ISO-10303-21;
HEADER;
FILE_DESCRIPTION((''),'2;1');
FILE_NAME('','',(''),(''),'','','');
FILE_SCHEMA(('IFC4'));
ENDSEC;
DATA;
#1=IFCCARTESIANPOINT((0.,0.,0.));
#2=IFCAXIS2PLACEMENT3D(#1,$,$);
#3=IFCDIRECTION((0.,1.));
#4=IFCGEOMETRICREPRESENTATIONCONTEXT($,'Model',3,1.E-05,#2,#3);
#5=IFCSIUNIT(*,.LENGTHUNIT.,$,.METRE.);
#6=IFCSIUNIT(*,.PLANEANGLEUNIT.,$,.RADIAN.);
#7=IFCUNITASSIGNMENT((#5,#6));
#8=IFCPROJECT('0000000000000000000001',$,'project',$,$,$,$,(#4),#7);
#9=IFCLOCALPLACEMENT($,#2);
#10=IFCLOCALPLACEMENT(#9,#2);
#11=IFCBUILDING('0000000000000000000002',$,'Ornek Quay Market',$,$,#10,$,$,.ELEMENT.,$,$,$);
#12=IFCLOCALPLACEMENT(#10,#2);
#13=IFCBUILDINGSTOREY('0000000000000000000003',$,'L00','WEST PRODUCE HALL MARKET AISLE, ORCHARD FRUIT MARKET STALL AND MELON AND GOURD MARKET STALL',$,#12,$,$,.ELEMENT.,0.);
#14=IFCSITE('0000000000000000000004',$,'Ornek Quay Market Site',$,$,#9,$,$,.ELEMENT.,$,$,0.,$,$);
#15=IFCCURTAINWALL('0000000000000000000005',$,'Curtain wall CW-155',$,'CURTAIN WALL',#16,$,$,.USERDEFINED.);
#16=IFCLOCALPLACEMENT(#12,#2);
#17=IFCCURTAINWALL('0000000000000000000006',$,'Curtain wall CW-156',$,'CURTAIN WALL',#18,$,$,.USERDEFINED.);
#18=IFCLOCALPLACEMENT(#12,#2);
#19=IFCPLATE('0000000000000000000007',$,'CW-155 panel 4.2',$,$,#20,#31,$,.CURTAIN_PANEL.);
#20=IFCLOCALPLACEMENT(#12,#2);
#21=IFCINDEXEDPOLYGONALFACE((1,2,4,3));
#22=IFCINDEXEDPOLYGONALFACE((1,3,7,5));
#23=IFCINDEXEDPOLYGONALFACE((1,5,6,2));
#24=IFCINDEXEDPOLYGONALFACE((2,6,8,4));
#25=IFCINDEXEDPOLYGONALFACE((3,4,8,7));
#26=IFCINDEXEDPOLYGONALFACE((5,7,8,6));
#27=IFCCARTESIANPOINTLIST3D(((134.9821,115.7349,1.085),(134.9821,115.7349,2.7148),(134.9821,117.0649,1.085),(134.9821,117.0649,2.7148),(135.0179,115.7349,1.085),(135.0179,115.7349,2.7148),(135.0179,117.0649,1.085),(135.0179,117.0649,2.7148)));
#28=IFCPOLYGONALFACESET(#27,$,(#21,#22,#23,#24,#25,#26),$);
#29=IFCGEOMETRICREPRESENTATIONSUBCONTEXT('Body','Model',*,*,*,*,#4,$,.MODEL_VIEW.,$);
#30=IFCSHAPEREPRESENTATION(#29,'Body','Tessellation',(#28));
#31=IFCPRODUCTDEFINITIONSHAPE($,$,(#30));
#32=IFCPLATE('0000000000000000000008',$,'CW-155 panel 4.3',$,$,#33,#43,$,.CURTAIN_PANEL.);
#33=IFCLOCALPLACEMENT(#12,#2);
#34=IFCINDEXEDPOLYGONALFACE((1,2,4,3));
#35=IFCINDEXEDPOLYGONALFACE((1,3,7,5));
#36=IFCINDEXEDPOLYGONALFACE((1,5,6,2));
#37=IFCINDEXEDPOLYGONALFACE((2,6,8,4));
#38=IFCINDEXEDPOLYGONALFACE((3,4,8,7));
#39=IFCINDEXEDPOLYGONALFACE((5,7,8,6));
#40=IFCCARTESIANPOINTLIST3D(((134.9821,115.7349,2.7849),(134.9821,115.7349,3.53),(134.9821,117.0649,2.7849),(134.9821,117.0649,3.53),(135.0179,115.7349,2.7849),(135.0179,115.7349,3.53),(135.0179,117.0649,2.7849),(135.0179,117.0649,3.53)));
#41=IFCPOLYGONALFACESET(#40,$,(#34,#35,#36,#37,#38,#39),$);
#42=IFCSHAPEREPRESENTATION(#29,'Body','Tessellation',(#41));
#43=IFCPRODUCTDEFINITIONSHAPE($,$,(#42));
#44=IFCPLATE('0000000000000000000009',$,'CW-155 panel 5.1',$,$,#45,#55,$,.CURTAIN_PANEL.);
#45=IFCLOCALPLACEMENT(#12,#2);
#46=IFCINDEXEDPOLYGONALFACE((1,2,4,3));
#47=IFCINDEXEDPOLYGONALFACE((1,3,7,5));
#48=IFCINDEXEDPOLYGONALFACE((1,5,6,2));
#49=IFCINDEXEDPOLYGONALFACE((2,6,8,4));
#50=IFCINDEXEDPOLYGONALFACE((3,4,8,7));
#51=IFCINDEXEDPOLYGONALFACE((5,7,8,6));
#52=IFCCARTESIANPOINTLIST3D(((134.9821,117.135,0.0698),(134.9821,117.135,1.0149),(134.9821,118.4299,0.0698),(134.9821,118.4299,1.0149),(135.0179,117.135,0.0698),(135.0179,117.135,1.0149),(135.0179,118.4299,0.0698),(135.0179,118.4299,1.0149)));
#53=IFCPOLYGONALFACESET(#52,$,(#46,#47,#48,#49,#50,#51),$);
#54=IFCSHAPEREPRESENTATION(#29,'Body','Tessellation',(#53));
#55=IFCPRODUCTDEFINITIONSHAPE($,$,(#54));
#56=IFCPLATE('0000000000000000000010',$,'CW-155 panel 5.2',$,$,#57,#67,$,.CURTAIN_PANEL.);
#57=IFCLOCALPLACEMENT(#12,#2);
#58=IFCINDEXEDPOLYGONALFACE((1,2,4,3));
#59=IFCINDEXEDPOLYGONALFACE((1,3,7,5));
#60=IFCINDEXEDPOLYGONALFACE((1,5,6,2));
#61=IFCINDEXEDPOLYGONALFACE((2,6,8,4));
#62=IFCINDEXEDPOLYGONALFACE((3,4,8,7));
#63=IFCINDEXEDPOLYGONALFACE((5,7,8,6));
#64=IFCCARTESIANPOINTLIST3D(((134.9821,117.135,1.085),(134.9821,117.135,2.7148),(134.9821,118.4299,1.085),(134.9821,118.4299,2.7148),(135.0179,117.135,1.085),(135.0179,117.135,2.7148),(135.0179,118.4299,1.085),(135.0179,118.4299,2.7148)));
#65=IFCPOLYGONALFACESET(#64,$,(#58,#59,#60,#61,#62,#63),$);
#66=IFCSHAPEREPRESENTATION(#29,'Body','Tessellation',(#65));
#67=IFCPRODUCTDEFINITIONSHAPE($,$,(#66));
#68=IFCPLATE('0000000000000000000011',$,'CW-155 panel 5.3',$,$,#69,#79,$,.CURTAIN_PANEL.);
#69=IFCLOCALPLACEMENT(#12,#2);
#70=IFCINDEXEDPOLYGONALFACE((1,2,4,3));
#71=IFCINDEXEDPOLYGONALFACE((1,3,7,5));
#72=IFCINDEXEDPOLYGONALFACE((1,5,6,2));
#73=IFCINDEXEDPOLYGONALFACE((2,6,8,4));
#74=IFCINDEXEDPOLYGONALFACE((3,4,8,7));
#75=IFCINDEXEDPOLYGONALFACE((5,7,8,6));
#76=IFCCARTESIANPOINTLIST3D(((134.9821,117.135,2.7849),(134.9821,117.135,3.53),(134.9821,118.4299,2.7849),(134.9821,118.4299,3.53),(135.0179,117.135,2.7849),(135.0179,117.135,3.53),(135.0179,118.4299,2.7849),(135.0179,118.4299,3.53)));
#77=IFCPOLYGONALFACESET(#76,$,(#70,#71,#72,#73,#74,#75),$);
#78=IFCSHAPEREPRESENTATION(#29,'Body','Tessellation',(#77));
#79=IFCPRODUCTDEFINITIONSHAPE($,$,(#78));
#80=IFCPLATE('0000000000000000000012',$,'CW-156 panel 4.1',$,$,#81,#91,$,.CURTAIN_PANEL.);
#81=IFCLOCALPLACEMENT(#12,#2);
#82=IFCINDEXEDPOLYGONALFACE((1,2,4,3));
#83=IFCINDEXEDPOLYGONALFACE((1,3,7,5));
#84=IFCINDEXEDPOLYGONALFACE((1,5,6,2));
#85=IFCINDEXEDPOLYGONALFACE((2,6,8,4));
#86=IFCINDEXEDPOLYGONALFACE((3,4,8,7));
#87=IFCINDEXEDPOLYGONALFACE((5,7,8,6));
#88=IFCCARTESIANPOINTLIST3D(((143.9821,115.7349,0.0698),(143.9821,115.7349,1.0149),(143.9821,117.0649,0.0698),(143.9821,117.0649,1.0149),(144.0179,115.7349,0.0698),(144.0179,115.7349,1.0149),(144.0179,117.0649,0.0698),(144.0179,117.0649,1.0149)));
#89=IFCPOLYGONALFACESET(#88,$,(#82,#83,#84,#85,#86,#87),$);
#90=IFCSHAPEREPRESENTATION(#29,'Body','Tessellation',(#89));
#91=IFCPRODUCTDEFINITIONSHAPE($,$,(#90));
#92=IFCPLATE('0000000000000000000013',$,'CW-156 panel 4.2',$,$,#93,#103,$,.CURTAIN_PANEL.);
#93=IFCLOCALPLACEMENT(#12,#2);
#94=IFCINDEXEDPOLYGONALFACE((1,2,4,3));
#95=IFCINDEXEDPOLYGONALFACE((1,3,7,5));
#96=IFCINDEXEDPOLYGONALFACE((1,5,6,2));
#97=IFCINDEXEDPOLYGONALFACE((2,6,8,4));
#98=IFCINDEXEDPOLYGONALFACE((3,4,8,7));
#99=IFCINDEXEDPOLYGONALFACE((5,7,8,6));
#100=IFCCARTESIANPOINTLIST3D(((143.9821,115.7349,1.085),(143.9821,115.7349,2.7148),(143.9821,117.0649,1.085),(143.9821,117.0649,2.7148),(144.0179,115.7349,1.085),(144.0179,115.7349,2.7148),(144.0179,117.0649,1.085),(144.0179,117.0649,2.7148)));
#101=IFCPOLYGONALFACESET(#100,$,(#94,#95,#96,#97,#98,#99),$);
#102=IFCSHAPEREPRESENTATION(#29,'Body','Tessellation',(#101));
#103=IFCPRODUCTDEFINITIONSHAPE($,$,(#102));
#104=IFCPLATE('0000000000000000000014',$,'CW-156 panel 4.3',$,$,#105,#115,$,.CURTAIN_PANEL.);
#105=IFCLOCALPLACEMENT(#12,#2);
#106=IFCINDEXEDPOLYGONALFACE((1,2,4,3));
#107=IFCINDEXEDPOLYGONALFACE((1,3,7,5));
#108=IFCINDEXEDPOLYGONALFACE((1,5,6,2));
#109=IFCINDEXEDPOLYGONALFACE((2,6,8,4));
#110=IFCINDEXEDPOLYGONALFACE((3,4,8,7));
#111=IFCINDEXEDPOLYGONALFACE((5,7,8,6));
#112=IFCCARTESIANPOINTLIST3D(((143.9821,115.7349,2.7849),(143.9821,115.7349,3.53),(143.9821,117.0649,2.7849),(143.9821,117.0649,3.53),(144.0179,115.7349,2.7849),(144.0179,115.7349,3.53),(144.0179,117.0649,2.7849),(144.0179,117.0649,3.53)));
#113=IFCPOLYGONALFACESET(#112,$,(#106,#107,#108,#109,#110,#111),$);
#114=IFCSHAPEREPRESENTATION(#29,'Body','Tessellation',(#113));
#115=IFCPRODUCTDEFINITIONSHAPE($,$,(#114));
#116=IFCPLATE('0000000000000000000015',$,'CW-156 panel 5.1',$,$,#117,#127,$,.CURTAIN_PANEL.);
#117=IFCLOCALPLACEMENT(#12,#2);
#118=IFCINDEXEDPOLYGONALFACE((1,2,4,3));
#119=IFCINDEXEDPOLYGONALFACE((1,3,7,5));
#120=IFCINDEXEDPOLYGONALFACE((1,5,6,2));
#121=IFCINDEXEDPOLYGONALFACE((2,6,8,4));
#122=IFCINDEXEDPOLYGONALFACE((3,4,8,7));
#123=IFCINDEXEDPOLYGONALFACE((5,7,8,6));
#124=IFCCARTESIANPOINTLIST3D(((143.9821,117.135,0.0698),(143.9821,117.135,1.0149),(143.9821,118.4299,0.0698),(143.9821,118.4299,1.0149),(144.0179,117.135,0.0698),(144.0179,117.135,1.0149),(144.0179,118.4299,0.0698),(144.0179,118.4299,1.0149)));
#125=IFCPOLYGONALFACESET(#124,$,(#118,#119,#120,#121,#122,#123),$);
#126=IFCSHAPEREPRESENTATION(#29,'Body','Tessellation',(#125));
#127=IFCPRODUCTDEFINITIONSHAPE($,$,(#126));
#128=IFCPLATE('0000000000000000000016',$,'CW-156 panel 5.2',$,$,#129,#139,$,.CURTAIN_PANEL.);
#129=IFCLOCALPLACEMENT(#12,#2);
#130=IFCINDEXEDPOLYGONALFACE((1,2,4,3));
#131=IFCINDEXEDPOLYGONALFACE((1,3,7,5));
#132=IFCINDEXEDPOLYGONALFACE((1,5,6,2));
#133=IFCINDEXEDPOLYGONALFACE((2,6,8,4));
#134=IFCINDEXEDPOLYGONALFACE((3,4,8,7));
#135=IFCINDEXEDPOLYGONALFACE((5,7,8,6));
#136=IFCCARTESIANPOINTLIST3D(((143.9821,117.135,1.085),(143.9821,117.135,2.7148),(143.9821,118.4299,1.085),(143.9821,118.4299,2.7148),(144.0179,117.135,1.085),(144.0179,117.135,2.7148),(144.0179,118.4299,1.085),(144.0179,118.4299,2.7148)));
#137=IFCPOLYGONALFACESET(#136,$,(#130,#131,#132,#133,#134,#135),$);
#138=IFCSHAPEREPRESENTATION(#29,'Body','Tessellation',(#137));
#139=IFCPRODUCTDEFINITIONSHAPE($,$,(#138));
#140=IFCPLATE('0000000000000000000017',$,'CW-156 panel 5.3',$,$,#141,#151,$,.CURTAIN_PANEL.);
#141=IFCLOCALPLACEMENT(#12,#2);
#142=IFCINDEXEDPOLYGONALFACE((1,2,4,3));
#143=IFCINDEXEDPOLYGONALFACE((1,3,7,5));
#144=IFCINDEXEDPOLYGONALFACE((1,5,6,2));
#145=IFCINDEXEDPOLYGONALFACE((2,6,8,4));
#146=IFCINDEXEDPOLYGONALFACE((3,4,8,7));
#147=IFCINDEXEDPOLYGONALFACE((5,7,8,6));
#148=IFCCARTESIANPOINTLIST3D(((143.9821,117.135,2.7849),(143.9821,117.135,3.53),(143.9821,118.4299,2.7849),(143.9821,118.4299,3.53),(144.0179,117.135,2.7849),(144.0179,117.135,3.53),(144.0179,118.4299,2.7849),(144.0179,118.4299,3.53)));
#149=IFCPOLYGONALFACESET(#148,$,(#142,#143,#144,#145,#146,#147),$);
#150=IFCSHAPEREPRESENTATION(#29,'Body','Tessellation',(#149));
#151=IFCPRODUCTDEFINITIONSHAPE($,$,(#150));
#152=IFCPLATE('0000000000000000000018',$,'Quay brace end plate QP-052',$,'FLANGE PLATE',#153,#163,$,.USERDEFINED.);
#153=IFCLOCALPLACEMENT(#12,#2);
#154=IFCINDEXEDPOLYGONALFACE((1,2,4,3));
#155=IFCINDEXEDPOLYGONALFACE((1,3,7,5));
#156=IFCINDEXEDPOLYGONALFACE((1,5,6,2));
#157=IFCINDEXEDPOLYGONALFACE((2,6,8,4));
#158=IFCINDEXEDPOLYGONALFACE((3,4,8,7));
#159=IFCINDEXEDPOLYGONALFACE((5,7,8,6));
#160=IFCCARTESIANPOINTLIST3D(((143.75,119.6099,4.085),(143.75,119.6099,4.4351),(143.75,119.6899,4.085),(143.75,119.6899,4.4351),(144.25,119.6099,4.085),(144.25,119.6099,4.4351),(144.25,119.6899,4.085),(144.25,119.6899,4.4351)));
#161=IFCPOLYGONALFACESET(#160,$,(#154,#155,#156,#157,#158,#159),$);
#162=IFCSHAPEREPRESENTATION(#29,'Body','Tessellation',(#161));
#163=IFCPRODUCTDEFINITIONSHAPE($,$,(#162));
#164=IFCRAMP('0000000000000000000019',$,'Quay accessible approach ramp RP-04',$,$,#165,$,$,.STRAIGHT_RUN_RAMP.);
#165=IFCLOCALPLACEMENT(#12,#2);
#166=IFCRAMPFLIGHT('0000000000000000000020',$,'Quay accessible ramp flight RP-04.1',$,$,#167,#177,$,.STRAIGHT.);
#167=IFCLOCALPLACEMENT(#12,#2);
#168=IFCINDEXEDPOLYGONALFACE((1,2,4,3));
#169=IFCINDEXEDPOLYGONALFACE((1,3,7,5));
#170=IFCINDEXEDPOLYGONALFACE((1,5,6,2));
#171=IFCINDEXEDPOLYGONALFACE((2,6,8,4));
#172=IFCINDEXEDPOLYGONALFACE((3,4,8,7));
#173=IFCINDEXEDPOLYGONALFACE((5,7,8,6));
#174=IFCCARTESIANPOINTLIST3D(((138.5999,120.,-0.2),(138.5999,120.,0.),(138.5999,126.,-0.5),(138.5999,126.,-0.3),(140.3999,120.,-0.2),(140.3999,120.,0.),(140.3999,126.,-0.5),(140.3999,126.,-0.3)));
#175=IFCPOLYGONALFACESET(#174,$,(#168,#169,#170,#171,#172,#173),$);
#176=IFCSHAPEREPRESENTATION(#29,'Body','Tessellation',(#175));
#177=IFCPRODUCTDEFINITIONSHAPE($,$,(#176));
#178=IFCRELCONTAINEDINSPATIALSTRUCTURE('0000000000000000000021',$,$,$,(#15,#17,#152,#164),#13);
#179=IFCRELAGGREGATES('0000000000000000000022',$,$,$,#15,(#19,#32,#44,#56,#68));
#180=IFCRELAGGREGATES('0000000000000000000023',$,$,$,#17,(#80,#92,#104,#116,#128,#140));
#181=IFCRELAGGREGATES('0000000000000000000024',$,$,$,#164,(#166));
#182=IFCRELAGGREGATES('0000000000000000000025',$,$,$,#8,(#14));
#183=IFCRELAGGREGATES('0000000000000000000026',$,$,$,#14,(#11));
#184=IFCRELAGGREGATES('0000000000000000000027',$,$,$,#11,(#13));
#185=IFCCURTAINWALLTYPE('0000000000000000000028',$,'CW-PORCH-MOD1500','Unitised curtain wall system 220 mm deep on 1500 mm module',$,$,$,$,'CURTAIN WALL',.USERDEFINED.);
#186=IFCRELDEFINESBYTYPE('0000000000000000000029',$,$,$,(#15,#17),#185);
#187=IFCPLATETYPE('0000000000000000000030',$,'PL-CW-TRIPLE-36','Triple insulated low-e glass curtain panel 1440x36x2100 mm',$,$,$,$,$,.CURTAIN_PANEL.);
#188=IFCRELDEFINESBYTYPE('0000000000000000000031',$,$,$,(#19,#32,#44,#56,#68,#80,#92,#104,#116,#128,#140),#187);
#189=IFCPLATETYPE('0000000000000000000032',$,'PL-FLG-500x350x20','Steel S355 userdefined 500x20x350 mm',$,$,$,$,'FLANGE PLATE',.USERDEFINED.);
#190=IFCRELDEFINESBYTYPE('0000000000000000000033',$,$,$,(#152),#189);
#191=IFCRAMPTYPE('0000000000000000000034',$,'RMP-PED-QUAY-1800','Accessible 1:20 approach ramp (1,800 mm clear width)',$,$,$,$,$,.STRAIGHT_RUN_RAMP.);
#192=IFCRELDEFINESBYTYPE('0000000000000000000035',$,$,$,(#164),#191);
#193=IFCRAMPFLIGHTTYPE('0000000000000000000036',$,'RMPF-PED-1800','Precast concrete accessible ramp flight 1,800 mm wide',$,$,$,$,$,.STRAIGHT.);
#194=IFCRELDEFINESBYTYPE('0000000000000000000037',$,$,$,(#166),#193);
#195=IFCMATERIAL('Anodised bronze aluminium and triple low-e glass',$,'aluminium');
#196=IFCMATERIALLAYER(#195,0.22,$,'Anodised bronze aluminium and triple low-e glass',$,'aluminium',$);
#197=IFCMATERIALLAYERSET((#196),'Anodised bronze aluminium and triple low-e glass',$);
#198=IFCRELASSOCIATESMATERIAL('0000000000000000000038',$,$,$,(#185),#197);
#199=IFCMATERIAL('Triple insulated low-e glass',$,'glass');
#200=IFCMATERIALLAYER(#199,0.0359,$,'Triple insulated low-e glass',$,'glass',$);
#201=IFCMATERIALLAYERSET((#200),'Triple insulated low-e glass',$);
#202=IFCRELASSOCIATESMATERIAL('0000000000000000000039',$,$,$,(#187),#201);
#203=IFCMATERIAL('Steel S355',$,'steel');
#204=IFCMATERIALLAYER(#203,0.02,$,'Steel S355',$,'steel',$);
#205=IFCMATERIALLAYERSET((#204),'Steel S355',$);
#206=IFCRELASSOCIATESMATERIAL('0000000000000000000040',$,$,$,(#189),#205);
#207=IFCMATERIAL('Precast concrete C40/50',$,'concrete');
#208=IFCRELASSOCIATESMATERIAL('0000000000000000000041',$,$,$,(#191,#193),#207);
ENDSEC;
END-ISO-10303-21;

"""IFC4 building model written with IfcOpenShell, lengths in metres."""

from ifc_helpers import new_model, si_unit, direction, frame, origin, origin_2d, place, context, subcontext, project, spatial, polyline, rectangle, outline, extrude, material, layer, layer_set, type_object, element, aggregate, save


model = new_model("IFC4")

# Units and contexts
model_context = context("Model", 3, precision=1e-05, world=origin(), true_north=direction((0.0, 1.0)))
body_context = subcontext(model_context, "Body", "Model", "MODEL_VIEW")
ifc_project = project(units=[si_unit("LENGTHUNIT", "METRE"), si_unit("PLANEANGLEUNIT", "RADIAN")], contexts=[model_context])

# Site, building, storey
site_placement = place(None, origin())
site = spatial("IfcSite", under=ifc_project, at=site_placement, Name="Ornek Quay Market Site", CompositionType="ELEMENT", RefElevation=0.0)
building_placement = place(site_placement, origin())
building = spatial("IfcBuilding", under=site, at=building_placement, Name="Ornek Quay Market", CompositionType="ELEMENT")
storey_placement = place(building_placement, origin())
storey = spatial("IfcBuildingStorey", under=building, at=storey_placement, Name="L00", Description="WEST PRODUCE HALL MARKET AISLE, ORCHARD FRUIT MARKET STALL AND MELON AND GOURD MARKET STALL", CompositionType="ELEMENT", Elevation=0.0)

# Curtain walls
ifc_material_1 = material(Name="Anodised bronze aluminium and triple low-e glass", Category="aluminium")
ifc_layer_1 = layer(ifc_material_1, 0.22, Name="Anodised bronze aluminium and triple low-e glass", Category="aluminium")
ifc_layer_set_1 = layer_set([ifc_layer_1], Name="Anodised bronze aluminium and triple low-e glass")
curtain_wall_type = type_object("IfcCurtainWallType", Name="CW-PORCH-MOD1500", Description="Unitised curtain wall system 220 mm deep on 1500 mm module", ElementType="CURTAIN WALL", PredefinedType="USERDEFINED", material=ifc_layer_set_1)
curtain_wall_1_placement = place(storey_placement, origin())
curtain_wall_1 = element("IfcCurtainWall", 1, at=curtain_wall_1_placement, inside=storey, type_object=curtain_wall_type, Name="Curtain wall CW-155", ObjectType="CURTAIN WALL", PredefinedType="USERDEFINED")
curtain_wall_2_placement = place(storey_placement, origin())
curtain_wall_2 = element("IfcCurtainWall", 2, at=curtain_wall_2_placement, inside=storey, type_object=curtain_wall_type, Name="Curtain wall CW-156", ObjectType="CURTAIN WALL", PredefinedType="USERDEFINED")

# Plates
ifc_material_2 = material(Name="Triple insulated low-e glass", Category="glass")
ifc_layer_2 = layer(ifc_material_2, 0.0359, Name="Triple insulated low-e glass", Category="glass")
ifc_layer_set_2 = layer_set([ifc_layer_2], Name="Triple insulated low-e glass")
plate_type_1 = type_object("IfcPlateType", Name="PL-CW-TRIPLE-36", Description="Triple insulated low-e glass curtain panel 1440x36x2100 mm", PredefinedType="CURTAIN_PANEL", material=ifc_layer_set_2)
plate_1_placement = place(storey_placement, frame((135.0, 116.3999, 1.085), z_axis=(0.0, 0.0, 1.0), x_axis=(0.0, 1.0, 0.0)))
plate_1 = element("IfcPlate", 3, at=plate_1_placement, type_object=plate_type_1, Name="CW-155 panel 4.2", PredefinedType="CURTAIN_PANEL", context=body_context, shape_type="SweptSolid", body=[
    extrude(rectangle(XDim=1.3301, YDim=0.0359, at=origin_2d()), origin(), (0.0, 0.0, 1.0), 1.6299),
])
plate_2_placement = place(storey_placement, frame((135.0, 116.3999, 2.7849), z_axis=(0.0, 0.0, 1.0), x_axis=(0.0, 1.0, 0.0)))
plate_2 = element("IfcPlate", 4, at=plate_2_placement, type_object=plate_type_1, Name="CW-155 panel 4.3", PredefinedType="CURTAIN_PANEL", context=body_context, shape_type="SweptSolid", body=[
    extrude(rectangle(XDim=1.3301, YDim=0.0359, at=origin_2d()), origin(), (0.0, 0.0, 1.0), 0.7451),
])
plate_3_placement = place(storey_placement, frame((135.0, 117.7825, 0.0698), z_axis=(0.0, 0.0, 1.0), x_axis=(0.0, 1.0, 0.0)))
plate_3 = element("IfcPlate", 5, at=plate_3_placement, type_object=plate_type_1, Name="CW-155 panel 5.1", PredefinedType="CURTAIN_PANEL", context=body_context, shape_type="SweptSolid", body=[
    extrude(rectangle(XDim=1.2949, YDim=0.0359, at=origin_2d()), origin(), (0.0, 0.0, 1.0), 0.9451),
])
plate_4_placement = place(storey_placement, frame((135.0, 117.7825, 1.085), z_axis=(0.0, 0.0, 1.0), x_axis=(0.0, 1.0, 0.0)))
plate_4 = element("IfcPlate", 6, at=plate_4_placement, type_object=plate_type_1, Name="CW-155 panel 5.2", PredefinedType="CURTAIN_PANEL", context=body_context, shape_type="SweptSolid", body=[
    extrude(rectangle(XDim=1.2949, YDim=0.0359, at=origin_2d()), origin(), (0.0, 0.0, 1.0), 1.6299),
])
plate_5_placement = place(storey_placement, frame((135.0, 117.7825, 2.7849), z_axis=(0.0, 0.0, 1.0), x_axis=(0.0, 1.0, 0.0)))
plate_5 = element("IfcPlate", 7, at=plate_5_placement, type_object=plate_type_1, Name="CW-155 panel 5.3", PredefinedType="CURTAIN_PANEL", context=body_context, shape_type="SweptSolid", body=[
    extrude(rectangle(XDim=1.2949, YDim=0.0359, at=origin_2d()), origin(), (0.0, 0.0, 1.0), 0.7451),
])
aggregate(curtain_wall_1, [plate_1, plate_2, plate_3, plate_4, plate_5])
plate_6_placement = place(storey_placement, frame((144.0, 116.3999, 0.0698), z_axis=(0.0, 0.0, 1.0), x_axis=(0.0, 1.0, 0.0)))
plate_6 = element("IfcPlate", 8, at=plate_6_placement, type_object=plate_type_1, Name="CW-156 panel 4.1", PredefinedType="CURTAIN_PANEL", context=body_context, shape_type="SweptSolid", body=[
    extrude(rectangle(XDim=1.3301, YDim=0.0359, at=origin_2d()), origin(), (0.0, 0.0, 1.0), 0.9451),
])
plate_7_placement = place(storey_placement, frame((144.0, 116.3999, 1.085), z_axis=(0.0, 0.0, 1.0), x_axis=(0.0, 1.0, 0.0)))
plate_7 = element("IfcPlate", 9, at=plate_7_placement, type_object=plate_type_1, Name="CW-156 panel 4.2", PredefinedType="CURTAIN_PANEL", context=body_context, shape_type="SweptSolid", body=[
    extrude(rectangle(XDim=1.3301, YDim=0.0359, at=origin_2d()), origin(), (0.0, 0.0, 1.0), 1.6299),
])
plate_8_placement = place(storey_placement, frame((144.0, 116.3999, 2.7849), z_axis=(0.0, 0.0, 1.0), x_axis=(0.0, 1.0, 0.0)))
plate_8 = element("IfcPlate", 10, at=plate_8_placement, type_object=plate_type_1, Name="CW-156 panel 4.3", PredefinedType="CURTAIN_PANEL", context=body_context, shape_type="SweptSolid", body=[
    extrude(rectangle(XDim=1.3301, YDim=0.0359, at=origin_2d()), origin(), (0.0, 0.0, 1.0), 0.7451),
])
plate_9_placement = place(storey_placement, frame((144.0, 117.7825, 0.0698), z_axis=(0.0, 0.0, 1.0), x_axis=(0.0, 1.0, 0.0)))
plate_9 = element("IfcPlate", 11, at=plate_9_placement, type_object=plate_type_1, Name="CW-156 panel 5.1", PredefinedType="CURTAIN_PANEL", context=body_context, shape_type="SweptSolid", body=[
    extrude(rectangle(XDim=1.2949, YDim=0.0359, at=origin_2d()), origin(), (0.0, 0.0, 1.0), 0.9451),
])
plate_10_placement = place(storey_placement, frame((144.0, 117.7825, 1.085), z_axis=(0.0, 0.0, 1.0), x_axis=(0.0, 1.0, 0.0)))
plate_10 = element("IfcPlate", 12, at=plate_10_placement, type_object=plate_type_1, Name="CW-156 panel 5.2", PredefinedType="CURTAIN_PANEL", context=body_context, shape_type="SweptSolid", body=[
    extrude(rectangle(XDim=1.2949, YDim=0.0359, at=origin_2d()), origin(), (0.0, 0.0, 1.0), 1.6299),
])
plate_11_placement = place(storey_placement, frame((144.0, 117.7825, 2.7849), z_axis=(0.0, 0.0, 1.0), x_axis=(0.0, 1.0, 0.0)))
plate_11 = element("IfcPlate", 13, at=plate_11_placement, type_object=plate_type_1, Name="CW-156 panel 5.3", PredefinedType="CURTAIN_PANEL", context=body_context, shape_type="SweptSolid", body=[
    extrude(rectangle(XDim=1.2949, YDim=0.0359, at=origin_2d()), origin(), (0.0, 0.0, 1.0), 0.7451),
])
aggregate(curtain_wall_2, [plate_6, plate_7, plate_8, plate_9, plate_10, plate_11])
ifc_material_3 = material(Name="Steel S355", Category="steel")
ifc_layer_3 = layer(ifc_material_3, 0.02, Name="Steel S355", Category="steel")
ifc_layer_set_3 = layer_set([ifc_layer_3], Name="Steel S355")
plate_type_2 = type_object("IfcPlateType", Name="PL-FLG-500x350x20", Description="Steel S355 userdefined 500x20x350 mm", ElementType="FLANGE PLATE", PredefinedType="USERDEFINED", material=ifc_layer_set_3)
plate_12_placement = place(storey_placement, frame((144.0, 119.6499, 4.085), z_axis=(0.0, 0.0, 1.0), x_axis=(1.0, 0.0, 0.0)))
element("IfcPlate", 14, at=plate_12_placement, inside=storey, type_object=plate_type_2, Name="Quay brace end plate QP-052", ObjectType="FLANGE PLATE", PredefinedType="USERDEFINED", context=body_context, shape_type="SweptSolid", body=[
    extrude(rectangle(XDim=0.5, YDim=0.0801, at=origin_2d()), origin(), (0.0, 0.0, 1.0), 0.3501),
])

# Ramp, ramp flight
ifc_material_4 = material(Name="Precast concrete C40/50", Category="concrete")
ramp_type = type_object("IfcRampType", Name="RMP-PED-QUAY-1800", Description="Accessible 1:20 approach ramp (1,800 mm clear width)", PredefinedType="STRAIGHT_RUN_RAMP", material=ifc_material_4)
ramp_placement = place(storey_placement, origin())
ramp = element("IfcRamp", 15, at=ramp_placement, inside=storey, type_object=ramp_type, Name="Quay accessible approach ramp RP-04", PredefinedType="STRAIGHT_RUN_RAMP")
ramp_flight_type = type_object("IfcRampFlightType", Name="RMPF-PED-1800", Description="Precast concrete accessible ramp flight 1,800 mm wide", PredefinedType="STRAIGHT", material=ifc_material_4)
ramp_flight_placement = place(storey_placement, frame((139.5, 126.0, -0.3), z_axis=(0.0, 0.0, 1.0), x_axis=(0.0, -1.0, 0.0)))
ramp_flight = element("IfcRampFlight", 16, at=ramp_flight_placement, type_object=ramp_flight_type, Name="Quay accessible ramp flight RP-04.1", PredefinedType="STRAIGHT", context=body_context, shape_type="SweptSolid", body=[
    extrude(outline(polyline([(0.0, 0.0), (6.0, 0.3), (6.0, 0.1001), (0.0, -0.2), (0.0, 0.0)])), frame((0.0, 0.8999, 0.0), z_axis=(0.0, -1.0, 0.0), x_axis=(1.0, 0.0, 0.0)), (0.0, 0.0, 1.0), 1.8),
])
aggregate(ramp, [ramp_flight])

save(model, "model.ifc")
